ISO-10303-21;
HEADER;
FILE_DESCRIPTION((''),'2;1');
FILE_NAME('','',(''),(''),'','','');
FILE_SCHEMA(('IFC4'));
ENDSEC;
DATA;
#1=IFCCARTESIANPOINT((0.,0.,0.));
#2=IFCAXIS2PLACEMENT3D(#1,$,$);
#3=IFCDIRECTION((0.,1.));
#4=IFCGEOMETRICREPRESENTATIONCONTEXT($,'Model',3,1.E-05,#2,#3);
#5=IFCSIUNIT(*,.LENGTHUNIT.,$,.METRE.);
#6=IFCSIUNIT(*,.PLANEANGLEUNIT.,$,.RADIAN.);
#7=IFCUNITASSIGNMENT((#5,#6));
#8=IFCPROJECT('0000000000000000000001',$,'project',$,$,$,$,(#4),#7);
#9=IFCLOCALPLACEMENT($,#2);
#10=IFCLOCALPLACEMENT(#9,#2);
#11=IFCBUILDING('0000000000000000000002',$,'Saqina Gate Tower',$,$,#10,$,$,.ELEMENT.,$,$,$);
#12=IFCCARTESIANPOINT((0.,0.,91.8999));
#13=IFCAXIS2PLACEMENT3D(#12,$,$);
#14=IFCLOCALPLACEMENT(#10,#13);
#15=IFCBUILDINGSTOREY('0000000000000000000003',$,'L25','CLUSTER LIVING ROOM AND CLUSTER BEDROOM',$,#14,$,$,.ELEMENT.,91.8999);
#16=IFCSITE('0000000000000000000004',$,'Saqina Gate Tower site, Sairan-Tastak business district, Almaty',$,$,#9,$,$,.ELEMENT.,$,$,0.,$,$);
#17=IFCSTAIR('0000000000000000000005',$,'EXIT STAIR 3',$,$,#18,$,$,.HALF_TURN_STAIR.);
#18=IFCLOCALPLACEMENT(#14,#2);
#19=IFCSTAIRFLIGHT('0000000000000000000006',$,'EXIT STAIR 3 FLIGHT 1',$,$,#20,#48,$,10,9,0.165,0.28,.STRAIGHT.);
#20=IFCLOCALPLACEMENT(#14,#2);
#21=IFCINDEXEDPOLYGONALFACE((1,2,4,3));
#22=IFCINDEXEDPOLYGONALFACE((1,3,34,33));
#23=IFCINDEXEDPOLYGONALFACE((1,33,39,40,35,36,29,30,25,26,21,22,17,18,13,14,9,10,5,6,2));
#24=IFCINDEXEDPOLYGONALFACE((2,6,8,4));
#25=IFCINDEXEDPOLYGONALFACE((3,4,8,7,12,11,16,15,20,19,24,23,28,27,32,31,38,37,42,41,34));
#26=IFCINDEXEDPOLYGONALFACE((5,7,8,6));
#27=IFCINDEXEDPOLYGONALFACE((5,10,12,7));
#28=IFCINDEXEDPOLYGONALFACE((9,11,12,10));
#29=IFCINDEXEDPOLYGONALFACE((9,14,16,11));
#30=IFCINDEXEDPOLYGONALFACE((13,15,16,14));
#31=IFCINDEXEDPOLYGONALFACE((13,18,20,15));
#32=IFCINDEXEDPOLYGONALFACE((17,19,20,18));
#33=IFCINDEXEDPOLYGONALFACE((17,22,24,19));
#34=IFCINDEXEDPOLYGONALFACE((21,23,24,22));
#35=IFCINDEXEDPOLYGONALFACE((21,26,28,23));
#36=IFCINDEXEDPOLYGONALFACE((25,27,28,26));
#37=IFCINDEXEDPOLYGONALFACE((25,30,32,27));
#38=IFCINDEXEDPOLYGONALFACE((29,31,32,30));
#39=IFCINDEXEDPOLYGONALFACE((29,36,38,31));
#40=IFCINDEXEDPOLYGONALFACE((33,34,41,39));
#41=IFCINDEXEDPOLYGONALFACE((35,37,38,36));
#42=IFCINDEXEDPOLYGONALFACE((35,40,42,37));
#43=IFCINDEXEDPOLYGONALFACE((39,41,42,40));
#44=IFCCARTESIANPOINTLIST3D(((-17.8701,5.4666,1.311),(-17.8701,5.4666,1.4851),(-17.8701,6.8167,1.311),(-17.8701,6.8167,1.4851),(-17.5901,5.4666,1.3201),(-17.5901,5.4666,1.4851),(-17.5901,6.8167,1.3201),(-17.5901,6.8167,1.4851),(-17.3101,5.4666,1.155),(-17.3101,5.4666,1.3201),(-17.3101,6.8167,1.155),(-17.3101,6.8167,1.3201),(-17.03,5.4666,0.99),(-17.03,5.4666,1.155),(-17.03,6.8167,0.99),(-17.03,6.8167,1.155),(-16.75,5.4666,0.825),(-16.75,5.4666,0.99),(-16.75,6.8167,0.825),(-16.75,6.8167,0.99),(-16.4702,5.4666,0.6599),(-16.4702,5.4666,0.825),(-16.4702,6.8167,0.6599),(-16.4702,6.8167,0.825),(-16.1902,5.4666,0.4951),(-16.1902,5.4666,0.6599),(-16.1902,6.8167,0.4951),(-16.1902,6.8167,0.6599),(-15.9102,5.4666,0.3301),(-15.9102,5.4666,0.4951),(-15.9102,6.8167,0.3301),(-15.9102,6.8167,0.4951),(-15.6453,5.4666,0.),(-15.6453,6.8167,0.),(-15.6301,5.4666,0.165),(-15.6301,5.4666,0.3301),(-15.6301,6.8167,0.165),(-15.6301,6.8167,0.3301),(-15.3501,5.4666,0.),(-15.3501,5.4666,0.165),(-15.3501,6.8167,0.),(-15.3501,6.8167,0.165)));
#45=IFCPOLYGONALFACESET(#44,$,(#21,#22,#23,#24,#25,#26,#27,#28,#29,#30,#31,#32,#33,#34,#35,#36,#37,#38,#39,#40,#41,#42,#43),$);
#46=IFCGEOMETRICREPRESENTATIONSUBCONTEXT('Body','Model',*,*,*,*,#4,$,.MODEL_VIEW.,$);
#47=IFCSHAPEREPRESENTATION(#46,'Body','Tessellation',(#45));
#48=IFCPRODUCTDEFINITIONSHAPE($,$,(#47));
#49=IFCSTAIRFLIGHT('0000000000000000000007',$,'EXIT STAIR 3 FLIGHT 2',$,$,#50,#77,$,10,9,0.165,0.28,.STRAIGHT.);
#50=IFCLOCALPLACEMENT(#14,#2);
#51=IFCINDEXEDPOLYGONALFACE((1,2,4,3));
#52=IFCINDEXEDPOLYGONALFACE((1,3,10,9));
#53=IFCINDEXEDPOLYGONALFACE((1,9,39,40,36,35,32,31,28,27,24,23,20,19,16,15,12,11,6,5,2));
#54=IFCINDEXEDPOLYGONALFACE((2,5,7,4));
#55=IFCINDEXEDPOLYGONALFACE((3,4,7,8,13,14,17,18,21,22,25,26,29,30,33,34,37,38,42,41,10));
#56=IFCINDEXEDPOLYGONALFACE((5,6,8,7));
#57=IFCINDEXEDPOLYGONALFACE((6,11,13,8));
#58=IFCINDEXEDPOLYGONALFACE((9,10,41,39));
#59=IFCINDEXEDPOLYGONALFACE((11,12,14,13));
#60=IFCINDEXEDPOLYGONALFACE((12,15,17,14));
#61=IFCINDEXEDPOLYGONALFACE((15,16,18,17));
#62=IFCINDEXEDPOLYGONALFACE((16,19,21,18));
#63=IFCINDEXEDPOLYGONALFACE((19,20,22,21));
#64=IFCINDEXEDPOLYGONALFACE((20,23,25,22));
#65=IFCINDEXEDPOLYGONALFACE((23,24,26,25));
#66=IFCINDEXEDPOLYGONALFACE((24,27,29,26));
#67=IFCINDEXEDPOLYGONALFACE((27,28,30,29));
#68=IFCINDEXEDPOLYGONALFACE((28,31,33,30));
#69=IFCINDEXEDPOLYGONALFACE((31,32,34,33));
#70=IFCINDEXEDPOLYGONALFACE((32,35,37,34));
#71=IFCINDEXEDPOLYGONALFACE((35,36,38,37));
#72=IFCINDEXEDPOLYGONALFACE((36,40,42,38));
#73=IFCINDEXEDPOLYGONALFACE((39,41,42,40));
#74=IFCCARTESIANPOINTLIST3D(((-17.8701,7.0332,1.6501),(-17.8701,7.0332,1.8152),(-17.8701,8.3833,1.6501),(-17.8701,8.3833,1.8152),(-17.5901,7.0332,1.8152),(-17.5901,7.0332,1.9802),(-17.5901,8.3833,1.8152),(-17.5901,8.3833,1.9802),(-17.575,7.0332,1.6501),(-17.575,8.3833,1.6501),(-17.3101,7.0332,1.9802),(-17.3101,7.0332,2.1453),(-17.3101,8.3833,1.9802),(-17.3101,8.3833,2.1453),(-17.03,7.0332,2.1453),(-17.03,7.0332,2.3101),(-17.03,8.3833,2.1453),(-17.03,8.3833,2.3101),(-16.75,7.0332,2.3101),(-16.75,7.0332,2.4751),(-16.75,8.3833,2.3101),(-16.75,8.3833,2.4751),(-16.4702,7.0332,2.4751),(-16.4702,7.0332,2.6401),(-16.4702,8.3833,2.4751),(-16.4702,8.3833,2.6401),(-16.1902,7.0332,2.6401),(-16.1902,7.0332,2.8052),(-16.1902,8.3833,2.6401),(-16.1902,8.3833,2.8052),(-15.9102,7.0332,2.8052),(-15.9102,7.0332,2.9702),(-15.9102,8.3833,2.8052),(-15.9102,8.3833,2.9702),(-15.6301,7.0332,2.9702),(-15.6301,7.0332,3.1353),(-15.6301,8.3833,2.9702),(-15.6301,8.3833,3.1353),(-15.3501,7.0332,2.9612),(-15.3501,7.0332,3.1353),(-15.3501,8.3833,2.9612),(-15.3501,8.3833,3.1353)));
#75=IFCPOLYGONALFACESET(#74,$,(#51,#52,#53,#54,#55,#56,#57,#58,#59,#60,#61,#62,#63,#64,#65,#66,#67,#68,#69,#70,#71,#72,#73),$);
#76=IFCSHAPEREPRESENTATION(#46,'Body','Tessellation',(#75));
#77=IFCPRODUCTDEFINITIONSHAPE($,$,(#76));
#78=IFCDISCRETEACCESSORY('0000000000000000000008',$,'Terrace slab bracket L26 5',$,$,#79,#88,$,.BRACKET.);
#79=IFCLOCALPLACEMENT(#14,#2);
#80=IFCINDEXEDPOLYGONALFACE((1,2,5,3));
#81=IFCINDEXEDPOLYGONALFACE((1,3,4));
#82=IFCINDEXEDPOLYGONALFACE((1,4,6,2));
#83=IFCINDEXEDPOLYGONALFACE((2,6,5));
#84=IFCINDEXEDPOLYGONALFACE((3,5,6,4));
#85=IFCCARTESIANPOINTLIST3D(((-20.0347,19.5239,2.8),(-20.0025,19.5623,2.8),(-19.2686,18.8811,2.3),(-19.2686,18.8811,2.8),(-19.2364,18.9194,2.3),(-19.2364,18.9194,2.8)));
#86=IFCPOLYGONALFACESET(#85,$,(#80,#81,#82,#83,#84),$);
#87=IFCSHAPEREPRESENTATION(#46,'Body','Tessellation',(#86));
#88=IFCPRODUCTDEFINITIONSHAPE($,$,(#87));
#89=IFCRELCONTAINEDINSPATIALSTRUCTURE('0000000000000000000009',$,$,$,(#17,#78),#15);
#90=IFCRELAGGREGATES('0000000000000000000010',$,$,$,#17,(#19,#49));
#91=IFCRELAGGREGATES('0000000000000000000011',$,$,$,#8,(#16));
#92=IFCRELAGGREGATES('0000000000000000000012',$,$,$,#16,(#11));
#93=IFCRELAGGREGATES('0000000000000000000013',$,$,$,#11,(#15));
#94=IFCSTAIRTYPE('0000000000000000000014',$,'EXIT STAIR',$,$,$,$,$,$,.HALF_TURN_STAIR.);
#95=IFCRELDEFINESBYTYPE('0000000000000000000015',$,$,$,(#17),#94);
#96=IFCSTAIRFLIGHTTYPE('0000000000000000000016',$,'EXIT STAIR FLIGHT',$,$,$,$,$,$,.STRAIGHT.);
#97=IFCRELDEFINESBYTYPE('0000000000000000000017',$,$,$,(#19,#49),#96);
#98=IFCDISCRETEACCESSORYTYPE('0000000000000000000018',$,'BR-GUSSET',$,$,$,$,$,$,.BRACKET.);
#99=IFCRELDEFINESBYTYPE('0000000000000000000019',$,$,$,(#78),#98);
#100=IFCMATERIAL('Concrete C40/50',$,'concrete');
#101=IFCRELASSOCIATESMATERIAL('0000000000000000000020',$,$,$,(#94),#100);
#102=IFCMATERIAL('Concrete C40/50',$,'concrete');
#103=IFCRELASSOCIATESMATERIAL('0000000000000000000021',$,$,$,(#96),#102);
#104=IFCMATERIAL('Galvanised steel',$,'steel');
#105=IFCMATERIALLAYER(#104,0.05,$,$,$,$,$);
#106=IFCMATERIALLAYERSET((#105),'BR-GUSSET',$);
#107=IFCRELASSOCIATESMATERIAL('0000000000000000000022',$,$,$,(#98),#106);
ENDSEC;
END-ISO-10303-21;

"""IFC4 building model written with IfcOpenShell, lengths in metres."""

from ifc_helpers import new_model, si_unit, direction, frame, origin, place, context, subcontext, project, spatial, polyline, outline, extrude, material, layer, layer_set, type_object, element, aggregate, save


model = new_model("IFC4")

# Units and contexts
model_context = context("Model", 3, precision=1e-05, world=origin(), true_north=direction((0.0, 1.0)))
body_context = subcontext(model_context, "Body", "Model", "MODEL_VIEW")
ifc_project = project(units=[si_unit("LENGTHUNIT", "METRE"), si_unit("PLANEANGLEUNIT", "RADIAN")], contexts=[model_context])

# Site, building, storey
site_placement = place(None, origin())
site = spatial("IfcSite", under=ifc_project, at=site_placement, Name="Saqina Gate Tower site, Sairan-Tastak business district, Almaty", CompositionType="ELEMENT", RefElevation=0.0)
building_placement = place(site_placement, origin())
building = spatial("IfcBuilding", under=site, at=building_placement, Name="Saqina Gate Tower", CompositionType="ELEMENT")
storey_placement = place(building_placement, frame((0.0, 0.0, 91.8999)))
storey = spatial("IfcBuildingStorey", under=building, at=storey_placement, Name="L25", Description="CLUSTER LIVING ROOM AND CLUSTER BEDROOM", CompositionType="ELEMENT", Elevation=91.8999)

# Stair, stair flights
ifc_material_1 = material(Name="Concrete C40/50", Category="concrete")
stair_type = type_object("IfcStairType", Name="EXIT STAIR", PredefinedType="HALF_TURN_STAIR", material=ifc_material_1)
stair_placement = place(storey_placement, origin())
stair = element("IfcStair", 1, at=stair_placement, inside=storey, type_object=stair_type, Name="EXIT STAIR 3", PredefinedType="HALF_TURN_STAIR")
ifc_material_2 = material(Name="Concrete C40/50", Category="concrete")
stair_flight_type = type_object("IfcStairFlightType", Name="EXIT STAIR FLIGHT", PredefinedType="STRAIGHT", material=ifc_material_2)
stair_flight_1_placement = place(storey_placement, frame((-15.3501, 6.1416, 0.0), z_axis=(0.0, 0.0, 1.0), x_axis=(-1.0, 0.0, 0.0)))
stair_flight_1 = element("IfcStairFlight", 2, at=stair_flight_1_placement, type_object=stair_flight_type, Name="EXIT STAIR 3 FLIGHT 1", NumberOfRisers=10, NumberOfTreads=9, PredefinedType="STRAIGHT", RiserHeight=0.165, TreadLength=0.28, context=body_context, shape_type="SweptSolid", body=[
    extrude(outline(polyline([(0.0, 0.0), (0.0, 0.165), (0.28, 0.165), (0.28, 0.3301), (0.5601, 0.3301), (0.5601, 0.4951), (0.8401, 0.4951), (0.8401, 0.6599), (1.1201, 0.6599), (1.1201, 0.825), (1.3999, 0.825), (1.3999, 0.99), (1.6799, 0.99), (1.6799, 1.155), (1.96, 1.155), (1.96, 1.3201), (2.24, 1.3201), (2.24, 1.4851), (2.52, 1.4851), (2.52, 1.6499), (2.52, 1.311), (0.2952, 0.0), (0.0, 0.0)])), frame((0.0, 0.675, 0.0), z_axis=(0.0, -1.0, 0.0), x_axis=(1.0, 0.0, 0.0)), (0.0, 0.0, 1.0), 1.3501),
])
stair_flight_2_placement = place(storey_placement, frame((-17.8701, 7.7083, 1.6501), z_axis=(0.0, 0.0, 1.0), x_axis=(1.0, 0.0, 0.0)))
stair_flight_2 = element("IfcStairFlight", 3, at=stair_flight_2_placement, type_object=stair_flight_type, Name="EXIT STAIR 3 FLIGHT 2", NumberOfRisers=10, NumberOfTreads=9, PredefinedType="STRAIGHT", RiserHeight=0.165, TreadLength=0.28, context=body_context, shape_type="SweptSolid", body=[
    extrude(outline(polyline([(0.0, 0.0), (0.0, 0.165), (0.28, 0.165), (0.28, 0.3301), (0.5601, 0.3301), (0.5601, 0.4951), (0.8401, 0.4951), (0.8401, 0.6599), (1.1201, 0.6599), (1.1201, 0.825), (1.3999, 0.825), (1.3999, 0.99), (1.6799, 0.99), (1.6799, 1.155), (1.96, 1.155), (1.96, 1.3201), (2.24, 1.3201), (2.24, 1.4851), (2.52, 1.4851), (2.52, 1.6499), (2.52, 1.311), (0.2952, 0.0), (0.0, 0.0)])), frame((0.0, 0.675, 0.0), z_axis=(0.0, -1.0, 0.0), x_axis=(1.0, 0.0, 0.0)), (0.0, 0.0, 1.0), 1.3501),
])
aggregate(stair, [stair_flight_1, stair_flight_2])

# Discrete accessory
ifc_material_3 = material(Name="Galvanised steel", Category="steel")
ifc_layer_1 = layer(ifc_material_3, 0.05)
ifc_layer_set_1 = layer_set([ifc_layer_1], Name="BR-GUSSET")
discrete_accessory_type = type_object("IfcDiscreteAccessoryType", Name="BR-GUSSET", PredefinedType="BRACKET", material=ifc_layer_set_1)
discrete_accessory_placement = place(storey_placement, frame((-19.2686, 18.8811, 2.3), z_axis=(-0.642774, -0.766056, 0.0), x_axis=(0.0, 0.0, 1.0)))
element("IfcDiscreteAccessory", 4, at=discrete_accessory_placement, inside=storey, type_object=discrete_accessory_type, Name="Terrace slab bracket L26 5", PredefinedType="BRACKET", context=body_context, shape_type="SweptSolid", body=[
    extrude(outline(polyline([(0.0, 0.0), (0.5, 0.0), (0.5, 1.0001), (0.0, 0.0)])), origin(), (0.0, 0.0, -1.0), 0.05),
])

save(model, "model.ifc")
